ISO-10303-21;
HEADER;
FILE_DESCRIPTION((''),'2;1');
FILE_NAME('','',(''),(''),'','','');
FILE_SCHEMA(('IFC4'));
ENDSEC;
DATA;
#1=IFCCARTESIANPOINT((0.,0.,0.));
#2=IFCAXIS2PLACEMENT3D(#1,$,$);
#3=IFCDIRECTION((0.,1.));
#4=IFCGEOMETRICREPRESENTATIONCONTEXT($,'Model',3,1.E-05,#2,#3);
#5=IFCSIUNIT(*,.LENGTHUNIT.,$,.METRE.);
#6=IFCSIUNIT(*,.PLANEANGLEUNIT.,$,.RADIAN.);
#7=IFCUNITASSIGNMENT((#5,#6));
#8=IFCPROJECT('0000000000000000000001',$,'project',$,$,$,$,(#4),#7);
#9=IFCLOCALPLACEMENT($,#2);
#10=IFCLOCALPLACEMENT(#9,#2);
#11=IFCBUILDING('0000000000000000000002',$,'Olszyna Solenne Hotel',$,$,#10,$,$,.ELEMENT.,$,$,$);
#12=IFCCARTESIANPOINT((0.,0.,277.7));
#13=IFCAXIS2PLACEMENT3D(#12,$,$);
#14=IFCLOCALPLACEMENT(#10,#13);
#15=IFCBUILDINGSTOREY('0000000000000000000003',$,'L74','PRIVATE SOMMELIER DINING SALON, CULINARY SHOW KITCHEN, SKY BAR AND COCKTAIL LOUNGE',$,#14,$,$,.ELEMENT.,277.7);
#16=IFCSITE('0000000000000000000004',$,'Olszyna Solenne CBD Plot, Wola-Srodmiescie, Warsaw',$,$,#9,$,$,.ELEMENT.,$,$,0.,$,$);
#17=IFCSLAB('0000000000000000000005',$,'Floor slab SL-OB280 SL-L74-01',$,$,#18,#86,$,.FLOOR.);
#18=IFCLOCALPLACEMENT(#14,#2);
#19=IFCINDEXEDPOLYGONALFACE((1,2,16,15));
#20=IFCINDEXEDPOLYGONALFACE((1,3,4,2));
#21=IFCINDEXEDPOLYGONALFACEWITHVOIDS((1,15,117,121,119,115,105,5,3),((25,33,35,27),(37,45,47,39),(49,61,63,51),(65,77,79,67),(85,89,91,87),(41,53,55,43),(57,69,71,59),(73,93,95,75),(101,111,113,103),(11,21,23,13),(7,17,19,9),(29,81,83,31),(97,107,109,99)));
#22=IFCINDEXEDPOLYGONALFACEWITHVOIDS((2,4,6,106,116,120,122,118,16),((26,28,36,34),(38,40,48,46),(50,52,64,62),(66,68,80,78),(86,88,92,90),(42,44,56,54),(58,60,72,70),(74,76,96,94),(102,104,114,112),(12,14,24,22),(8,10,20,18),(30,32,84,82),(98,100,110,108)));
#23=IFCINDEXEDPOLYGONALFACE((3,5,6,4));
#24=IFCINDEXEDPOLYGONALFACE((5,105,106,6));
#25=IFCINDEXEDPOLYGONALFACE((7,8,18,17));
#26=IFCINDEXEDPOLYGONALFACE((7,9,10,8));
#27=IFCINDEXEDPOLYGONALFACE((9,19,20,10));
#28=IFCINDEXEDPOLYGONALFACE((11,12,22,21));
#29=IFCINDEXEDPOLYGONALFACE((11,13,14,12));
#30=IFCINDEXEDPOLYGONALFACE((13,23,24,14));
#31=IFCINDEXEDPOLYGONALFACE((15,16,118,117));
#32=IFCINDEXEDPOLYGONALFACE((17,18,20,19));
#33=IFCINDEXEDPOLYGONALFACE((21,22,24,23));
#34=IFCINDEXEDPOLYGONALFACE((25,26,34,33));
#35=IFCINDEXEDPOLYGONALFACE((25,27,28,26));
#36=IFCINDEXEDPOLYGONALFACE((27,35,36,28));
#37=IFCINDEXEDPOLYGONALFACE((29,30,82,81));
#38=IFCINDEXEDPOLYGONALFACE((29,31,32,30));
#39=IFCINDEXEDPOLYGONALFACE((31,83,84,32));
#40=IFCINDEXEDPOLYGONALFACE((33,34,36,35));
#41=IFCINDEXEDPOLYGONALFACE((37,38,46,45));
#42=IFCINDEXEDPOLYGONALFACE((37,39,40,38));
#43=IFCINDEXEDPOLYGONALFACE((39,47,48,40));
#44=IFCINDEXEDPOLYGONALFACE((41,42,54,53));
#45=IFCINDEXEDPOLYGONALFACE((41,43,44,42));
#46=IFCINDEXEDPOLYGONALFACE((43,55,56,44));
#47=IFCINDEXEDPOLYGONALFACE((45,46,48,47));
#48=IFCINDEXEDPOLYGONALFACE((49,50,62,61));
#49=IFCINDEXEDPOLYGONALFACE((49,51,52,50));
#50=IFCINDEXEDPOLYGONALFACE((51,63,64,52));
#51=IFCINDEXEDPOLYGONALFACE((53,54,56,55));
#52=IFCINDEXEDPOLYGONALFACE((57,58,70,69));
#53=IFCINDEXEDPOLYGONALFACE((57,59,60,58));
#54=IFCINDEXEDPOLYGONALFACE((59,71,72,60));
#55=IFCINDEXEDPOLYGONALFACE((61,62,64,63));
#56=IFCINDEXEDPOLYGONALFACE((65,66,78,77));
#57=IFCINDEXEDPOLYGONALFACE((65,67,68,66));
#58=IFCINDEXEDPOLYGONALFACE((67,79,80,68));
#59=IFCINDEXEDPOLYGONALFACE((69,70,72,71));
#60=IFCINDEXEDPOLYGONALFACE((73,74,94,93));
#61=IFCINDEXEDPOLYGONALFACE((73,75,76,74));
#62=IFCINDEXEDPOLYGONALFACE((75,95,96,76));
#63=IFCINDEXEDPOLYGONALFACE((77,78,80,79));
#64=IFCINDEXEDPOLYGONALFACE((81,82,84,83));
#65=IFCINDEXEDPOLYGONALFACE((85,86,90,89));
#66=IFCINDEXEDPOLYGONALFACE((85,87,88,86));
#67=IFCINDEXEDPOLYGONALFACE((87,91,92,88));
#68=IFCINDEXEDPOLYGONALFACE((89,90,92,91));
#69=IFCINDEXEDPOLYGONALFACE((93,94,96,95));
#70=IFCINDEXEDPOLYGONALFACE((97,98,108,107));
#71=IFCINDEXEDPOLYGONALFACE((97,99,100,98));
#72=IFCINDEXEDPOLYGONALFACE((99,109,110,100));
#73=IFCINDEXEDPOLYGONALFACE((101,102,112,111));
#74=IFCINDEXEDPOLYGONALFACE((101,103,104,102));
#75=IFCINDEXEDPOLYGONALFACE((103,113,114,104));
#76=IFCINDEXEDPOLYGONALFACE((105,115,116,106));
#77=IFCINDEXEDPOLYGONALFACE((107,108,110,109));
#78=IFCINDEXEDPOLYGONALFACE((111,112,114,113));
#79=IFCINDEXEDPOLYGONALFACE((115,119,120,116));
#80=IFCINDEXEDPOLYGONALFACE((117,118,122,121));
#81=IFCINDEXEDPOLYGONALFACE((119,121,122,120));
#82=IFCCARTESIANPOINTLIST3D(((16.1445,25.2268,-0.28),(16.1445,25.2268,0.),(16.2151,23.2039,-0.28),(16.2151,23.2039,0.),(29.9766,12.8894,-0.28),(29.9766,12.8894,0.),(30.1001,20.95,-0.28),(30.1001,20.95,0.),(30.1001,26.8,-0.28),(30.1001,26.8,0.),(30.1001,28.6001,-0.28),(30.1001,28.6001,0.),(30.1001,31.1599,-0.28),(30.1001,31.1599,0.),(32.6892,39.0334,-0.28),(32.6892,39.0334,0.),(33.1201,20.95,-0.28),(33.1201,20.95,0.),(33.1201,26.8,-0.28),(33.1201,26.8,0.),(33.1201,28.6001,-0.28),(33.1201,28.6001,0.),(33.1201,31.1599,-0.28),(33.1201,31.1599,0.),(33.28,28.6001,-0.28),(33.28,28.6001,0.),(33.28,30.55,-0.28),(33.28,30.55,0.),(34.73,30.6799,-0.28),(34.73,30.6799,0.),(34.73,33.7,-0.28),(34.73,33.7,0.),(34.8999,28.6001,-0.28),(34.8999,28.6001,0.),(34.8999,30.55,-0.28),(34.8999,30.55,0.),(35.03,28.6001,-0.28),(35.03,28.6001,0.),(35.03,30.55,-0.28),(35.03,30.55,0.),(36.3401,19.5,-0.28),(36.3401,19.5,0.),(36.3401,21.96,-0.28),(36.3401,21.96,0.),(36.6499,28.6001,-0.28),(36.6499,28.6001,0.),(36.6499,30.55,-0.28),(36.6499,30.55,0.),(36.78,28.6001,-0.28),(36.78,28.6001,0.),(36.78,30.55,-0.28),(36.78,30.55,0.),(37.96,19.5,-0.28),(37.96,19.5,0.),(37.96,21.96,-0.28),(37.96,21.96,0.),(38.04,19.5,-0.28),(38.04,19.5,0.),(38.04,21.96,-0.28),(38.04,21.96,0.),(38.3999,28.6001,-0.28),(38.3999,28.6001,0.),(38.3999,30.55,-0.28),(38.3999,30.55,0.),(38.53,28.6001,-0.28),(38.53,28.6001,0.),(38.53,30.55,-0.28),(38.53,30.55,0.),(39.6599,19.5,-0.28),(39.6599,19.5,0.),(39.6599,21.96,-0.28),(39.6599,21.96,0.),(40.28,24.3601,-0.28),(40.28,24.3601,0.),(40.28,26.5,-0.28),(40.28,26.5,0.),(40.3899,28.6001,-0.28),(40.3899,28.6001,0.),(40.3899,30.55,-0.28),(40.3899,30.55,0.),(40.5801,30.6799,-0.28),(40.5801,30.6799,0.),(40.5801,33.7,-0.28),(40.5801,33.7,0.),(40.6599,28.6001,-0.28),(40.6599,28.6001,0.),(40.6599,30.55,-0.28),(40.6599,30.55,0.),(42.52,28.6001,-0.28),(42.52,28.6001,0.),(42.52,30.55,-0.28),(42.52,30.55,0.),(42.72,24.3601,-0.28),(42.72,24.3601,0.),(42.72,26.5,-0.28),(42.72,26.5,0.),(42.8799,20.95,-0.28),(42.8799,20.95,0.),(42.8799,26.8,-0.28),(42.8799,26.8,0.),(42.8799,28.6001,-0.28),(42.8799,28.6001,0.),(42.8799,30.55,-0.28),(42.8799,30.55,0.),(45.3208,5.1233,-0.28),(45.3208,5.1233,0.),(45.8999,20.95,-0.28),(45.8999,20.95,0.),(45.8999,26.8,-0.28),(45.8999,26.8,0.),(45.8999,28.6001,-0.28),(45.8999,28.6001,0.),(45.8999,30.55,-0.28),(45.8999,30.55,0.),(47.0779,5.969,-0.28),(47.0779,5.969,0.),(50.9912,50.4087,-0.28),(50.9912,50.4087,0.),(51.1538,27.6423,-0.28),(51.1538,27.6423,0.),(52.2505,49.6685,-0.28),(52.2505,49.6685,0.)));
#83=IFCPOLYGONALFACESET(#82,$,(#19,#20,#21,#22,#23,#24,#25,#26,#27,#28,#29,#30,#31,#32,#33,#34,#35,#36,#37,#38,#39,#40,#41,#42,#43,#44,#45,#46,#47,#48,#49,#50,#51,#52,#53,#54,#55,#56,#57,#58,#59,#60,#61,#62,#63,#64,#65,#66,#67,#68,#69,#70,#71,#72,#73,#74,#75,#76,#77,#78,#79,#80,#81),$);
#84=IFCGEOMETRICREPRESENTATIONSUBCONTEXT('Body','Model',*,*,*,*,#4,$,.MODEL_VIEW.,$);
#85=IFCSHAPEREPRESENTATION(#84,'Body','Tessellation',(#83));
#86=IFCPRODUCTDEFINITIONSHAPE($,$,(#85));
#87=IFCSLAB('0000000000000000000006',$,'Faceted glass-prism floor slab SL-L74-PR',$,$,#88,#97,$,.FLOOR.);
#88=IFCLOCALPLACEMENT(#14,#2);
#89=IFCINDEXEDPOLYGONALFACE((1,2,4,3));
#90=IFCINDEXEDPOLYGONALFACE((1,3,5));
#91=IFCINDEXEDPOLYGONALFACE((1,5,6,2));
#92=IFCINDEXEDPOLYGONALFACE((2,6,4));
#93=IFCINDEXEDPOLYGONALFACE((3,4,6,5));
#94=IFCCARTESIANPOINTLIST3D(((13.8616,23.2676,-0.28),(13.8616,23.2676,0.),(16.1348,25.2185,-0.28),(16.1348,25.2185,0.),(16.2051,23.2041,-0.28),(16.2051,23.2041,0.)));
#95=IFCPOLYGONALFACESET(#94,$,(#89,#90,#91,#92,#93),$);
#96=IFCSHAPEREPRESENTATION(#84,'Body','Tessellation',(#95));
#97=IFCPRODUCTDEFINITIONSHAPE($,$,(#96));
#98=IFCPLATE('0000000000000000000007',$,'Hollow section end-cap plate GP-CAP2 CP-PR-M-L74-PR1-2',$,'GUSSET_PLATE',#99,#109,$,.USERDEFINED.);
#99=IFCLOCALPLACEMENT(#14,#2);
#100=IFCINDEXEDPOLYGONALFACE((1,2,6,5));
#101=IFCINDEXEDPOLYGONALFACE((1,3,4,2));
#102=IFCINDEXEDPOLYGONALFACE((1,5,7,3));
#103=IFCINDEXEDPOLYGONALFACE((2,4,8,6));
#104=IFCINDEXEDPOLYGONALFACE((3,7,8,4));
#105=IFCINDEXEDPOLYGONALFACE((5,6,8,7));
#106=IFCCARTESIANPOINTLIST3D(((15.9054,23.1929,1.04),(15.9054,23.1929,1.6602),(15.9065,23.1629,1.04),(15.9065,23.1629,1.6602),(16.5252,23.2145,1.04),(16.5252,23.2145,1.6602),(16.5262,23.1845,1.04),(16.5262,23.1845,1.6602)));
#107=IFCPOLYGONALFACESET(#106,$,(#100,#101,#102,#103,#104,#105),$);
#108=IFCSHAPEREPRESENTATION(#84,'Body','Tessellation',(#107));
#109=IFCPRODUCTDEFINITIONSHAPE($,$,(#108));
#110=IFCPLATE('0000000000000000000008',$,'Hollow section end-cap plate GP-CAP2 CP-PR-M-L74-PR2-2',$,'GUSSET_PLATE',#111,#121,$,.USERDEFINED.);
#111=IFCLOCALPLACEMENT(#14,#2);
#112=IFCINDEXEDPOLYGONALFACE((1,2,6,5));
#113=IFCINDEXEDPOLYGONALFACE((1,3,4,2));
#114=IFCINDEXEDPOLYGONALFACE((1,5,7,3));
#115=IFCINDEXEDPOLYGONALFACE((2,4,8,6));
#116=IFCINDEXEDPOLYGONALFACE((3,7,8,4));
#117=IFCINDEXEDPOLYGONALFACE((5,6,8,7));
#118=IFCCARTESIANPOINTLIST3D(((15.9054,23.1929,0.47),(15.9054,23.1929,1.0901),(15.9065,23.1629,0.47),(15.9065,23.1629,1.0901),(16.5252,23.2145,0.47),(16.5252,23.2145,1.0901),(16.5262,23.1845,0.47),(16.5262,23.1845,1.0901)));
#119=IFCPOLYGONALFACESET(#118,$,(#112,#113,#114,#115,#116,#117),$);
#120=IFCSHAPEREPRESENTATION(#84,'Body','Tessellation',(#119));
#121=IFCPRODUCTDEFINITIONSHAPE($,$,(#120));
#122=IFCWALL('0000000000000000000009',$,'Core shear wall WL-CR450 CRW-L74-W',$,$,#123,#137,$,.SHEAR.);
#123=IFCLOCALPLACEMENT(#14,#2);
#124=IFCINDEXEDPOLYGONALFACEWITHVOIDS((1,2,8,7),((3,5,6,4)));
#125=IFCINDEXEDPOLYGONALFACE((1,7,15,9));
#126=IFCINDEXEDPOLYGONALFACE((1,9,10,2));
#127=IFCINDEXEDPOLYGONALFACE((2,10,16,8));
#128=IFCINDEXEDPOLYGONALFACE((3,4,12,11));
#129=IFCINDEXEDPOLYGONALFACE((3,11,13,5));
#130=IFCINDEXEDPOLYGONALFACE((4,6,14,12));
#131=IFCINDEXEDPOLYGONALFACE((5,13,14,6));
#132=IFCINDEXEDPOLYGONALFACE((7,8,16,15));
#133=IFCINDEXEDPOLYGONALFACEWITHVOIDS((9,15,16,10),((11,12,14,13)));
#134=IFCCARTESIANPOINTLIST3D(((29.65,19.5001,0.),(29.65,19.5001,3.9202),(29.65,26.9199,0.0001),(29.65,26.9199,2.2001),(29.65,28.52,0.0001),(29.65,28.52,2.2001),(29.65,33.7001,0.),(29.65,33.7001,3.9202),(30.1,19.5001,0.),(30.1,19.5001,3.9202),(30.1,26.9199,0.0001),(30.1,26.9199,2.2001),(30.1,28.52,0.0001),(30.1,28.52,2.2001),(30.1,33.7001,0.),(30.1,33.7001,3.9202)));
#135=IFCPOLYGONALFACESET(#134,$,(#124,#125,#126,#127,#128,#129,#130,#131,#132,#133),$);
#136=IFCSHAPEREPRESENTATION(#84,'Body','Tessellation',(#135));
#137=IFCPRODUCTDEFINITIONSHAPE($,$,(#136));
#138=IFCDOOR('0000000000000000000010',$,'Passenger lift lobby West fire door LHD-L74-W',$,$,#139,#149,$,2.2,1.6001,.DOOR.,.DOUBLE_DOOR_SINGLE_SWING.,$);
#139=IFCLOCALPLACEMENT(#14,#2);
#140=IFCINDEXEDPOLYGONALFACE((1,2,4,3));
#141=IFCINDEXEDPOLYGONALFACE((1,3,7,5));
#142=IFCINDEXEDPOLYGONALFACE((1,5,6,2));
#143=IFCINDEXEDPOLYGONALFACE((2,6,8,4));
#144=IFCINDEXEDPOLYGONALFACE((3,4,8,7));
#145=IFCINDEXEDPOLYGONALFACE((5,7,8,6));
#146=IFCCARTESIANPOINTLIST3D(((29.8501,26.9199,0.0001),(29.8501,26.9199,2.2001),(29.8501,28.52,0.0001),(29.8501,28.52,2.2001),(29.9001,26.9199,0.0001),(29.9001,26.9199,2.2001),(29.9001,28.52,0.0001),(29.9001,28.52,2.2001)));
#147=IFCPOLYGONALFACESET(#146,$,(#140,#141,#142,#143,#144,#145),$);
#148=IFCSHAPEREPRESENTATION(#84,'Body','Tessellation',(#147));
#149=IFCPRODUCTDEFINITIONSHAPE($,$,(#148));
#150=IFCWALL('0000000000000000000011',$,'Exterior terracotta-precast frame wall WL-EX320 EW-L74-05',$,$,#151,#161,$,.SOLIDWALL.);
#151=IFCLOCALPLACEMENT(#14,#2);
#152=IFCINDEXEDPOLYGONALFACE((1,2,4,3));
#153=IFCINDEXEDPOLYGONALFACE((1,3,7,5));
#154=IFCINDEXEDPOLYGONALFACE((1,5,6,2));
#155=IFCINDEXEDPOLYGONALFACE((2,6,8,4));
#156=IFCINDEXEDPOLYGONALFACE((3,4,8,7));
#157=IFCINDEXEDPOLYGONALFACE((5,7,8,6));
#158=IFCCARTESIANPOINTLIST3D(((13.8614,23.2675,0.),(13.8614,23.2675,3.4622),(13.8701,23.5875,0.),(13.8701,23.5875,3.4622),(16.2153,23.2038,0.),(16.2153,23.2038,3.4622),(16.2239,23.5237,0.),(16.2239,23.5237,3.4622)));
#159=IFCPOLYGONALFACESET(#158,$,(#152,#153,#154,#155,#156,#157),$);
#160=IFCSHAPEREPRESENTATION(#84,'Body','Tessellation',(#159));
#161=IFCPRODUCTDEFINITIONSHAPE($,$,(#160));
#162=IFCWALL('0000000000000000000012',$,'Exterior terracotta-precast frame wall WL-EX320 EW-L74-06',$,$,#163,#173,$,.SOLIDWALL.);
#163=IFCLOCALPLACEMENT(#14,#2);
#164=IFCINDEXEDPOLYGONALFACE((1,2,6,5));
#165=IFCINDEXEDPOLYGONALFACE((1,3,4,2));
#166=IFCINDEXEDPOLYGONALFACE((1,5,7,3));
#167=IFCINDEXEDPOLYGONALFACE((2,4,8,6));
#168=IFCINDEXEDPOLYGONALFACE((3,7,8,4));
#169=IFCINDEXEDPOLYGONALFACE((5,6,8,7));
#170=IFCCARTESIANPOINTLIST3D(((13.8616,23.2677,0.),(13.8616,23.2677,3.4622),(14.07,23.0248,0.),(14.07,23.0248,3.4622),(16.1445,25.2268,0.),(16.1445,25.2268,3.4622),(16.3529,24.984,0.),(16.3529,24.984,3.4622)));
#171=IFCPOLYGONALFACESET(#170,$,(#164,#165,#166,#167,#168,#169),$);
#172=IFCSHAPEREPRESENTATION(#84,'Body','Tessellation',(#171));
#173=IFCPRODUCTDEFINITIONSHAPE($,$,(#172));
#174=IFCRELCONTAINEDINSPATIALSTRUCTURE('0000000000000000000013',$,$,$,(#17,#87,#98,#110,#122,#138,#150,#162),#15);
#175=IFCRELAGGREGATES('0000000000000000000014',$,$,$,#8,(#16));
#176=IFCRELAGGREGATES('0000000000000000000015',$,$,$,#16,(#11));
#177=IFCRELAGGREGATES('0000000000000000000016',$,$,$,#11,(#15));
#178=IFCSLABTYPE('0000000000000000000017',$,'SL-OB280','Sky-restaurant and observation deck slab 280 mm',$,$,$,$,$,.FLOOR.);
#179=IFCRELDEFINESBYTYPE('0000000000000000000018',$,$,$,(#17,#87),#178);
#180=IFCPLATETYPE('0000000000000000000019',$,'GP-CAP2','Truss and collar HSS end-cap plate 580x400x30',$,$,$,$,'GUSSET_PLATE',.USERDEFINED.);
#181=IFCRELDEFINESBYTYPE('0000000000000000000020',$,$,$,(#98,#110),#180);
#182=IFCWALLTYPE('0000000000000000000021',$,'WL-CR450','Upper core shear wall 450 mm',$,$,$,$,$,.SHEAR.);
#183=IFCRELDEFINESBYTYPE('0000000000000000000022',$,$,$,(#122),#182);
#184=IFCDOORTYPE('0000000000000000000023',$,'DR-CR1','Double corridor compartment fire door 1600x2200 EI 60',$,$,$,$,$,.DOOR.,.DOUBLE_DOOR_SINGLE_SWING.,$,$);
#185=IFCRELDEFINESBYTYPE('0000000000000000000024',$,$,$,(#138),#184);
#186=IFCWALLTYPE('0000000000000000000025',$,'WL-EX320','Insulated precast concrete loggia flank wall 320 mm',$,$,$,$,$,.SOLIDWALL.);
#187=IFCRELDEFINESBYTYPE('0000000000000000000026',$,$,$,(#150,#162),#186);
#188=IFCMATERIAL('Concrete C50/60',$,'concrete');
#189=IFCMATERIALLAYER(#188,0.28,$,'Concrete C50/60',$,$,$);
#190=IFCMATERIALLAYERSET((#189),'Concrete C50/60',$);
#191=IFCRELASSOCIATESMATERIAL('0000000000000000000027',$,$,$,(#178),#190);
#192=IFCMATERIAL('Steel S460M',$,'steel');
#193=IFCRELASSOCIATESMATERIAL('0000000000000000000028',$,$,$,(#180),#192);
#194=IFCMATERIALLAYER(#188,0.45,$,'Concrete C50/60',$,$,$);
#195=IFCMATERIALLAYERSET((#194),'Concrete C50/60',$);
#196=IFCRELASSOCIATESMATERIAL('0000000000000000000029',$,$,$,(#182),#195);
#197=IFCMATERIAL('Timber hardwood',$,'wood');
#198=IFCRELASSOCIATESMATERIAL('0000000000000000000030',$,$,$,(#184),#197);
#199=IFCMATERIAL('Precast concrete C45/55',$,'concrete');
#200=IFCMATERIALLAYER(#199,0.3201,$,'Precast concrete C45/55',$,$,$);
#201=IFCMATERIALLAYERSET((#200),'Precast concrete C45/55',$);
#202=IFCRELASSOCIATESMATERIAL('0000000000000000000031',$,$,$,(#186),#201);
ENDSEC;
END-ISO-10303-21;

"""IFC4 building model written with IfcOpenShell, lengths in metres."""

from ifc_helpers import new_model, si_unit, direction, frame, frame_2d, origin, origin_2d, place, context, subcontext, project, spatial, polyline, rectangle, outline, extrude, source, transform, mapped, material, layer, layer_set, type_object, type_shapes, element, fill, save


model = new_model("IFC4")

# Units and contexts
model_context = context("Model", 3, precision=1e-05, world=origin(), true_north=direction((0.0, 1.0)))
body_context = subcontext(model_context, "Body", "Model", "MODEL_VIEW")
ifc_project = project(units=[si_unit("LENGTHUNIT", "METRE"), si_unit("PLANEANGLEUNIT", "RADIAN")], contexts=[model_context])

# Site, building, storey
site_placement = place(None, origin())
site = spatial("IfcSite", under=ifc_project, at=site_placement, Name="Olszyna Solenne CBD Plot, Wola-Srodmiescie, Warsaw", CompositionType="ELEMENT", RefElevation=0.0)
building_placement = place(site_placement, origin())
building = spatial("IfcBuilding", under=site, at=building_placement, Name="Olszyna Solenne Hotel", CompositionType="ELEMENT")
storey_placement = place(building_placement, frame((0.0, 0.0, 277.7)))
storey = spatial("IfcBuildingStorey", under=building, at=storey_placement, Name="L74", Description="PRIVATE SOMMELIER DINING SALON, CULINARY SHOW KITCHEN, SKY BAR AND COCKTAIL LOUNGE", CompositionType="ELEMENT", Elevation=277.7)

# Shared definitions
ifc_material_1 = material(Name="Steel S460M", Category="steel")

# Slabs
ifc_material_2 = material(Name="Precast concrete C45/55", Category="concrete")
ifc_material_3 = material(Name="Concrete C50/60", Category="concrete")
ifc_layer_1 = layer(ifc_material_3, 0.28, Name="Concrete C50/60")
ifc_layer_set_1 = layer_set([ifc_layer_1], Name="Concrete C50/60")
slab_type_1 = type_object("IfcSlabType", Name="SL-OB280", Description="Sky-restaurant and observation deck slab 280 mm", PredefinedType="FLOOR", material=ifc_layer_set_1)
slab_1_placement = place(storey_placement, frame((0.0, 0.0, -0.28)))
element("IfcSlab", 1, at=slab_1_placement, inside=storey, type_object=slab_type_1, Name="Floor slab SL-OB280 SL-L74-01", PredefinedType="FLOOR", context=body_context, shape_type="SweptSolid", body=[
    extrude(outline(polyline([(52.2505, 49.6685), (50.9912, 50.4087), (32.6892, 39.0334), (16.1445, 25.2268), (16.2151, 23.2039), (29.9766, 12.8894), (45.3208, 5.1233), (47.0779, 5.969), (51.1538, 27.6423), (52.2505, 49.6685)]), holes=[polyline([(30.1001, 20.95), (33.1201, 20.95), (33.1201, 26.8), (30.1001, 26.8), (30.1001, 20.95)]), polyline([(42.8799, 20.95), (45.8999, 20.95), (45.8999, 26.8), (42.8799, 26.8), (42.8799, 20.95)]), polyline([(34.73, 30.6799), (40.5801, 30.6799), (40.5801, 33.7), (34.73, 33.7), (34.73, 30.6799)]), polyline([(36.3401, 19.5), (37.96, 19.5), (37.96, 21.96), (36.3401, 21.96), (36.3401, 19.5)]), polyline([(38.04, 19.5), (39.6599, 19.5), (39.6599, 21.96), (38.04, 21.96), (38.04, 19.5)]), polyline([(30.1001, 28.6001), (33.1201, 28.6001), (33.1201, 31.1599), (30.1001, 31.1599), (30.1001, 28.6001)]), polyline([(40.28, 24.3601), (42.72, 24.3601), (42.72, 26.5), (40.28, 26.5), (40.28, 24.3601)]), polyline([(33.28, 28.6001), (34.8999, 28.6001), (34.8999, 30.55), (33.28, 30.55), (33.28, 28.6001)]), polyline([(35.03, 28.6001), (36.6499, 28.6001), (36.6499, 30.55), (35.03, 30.55), (35.03, 28.6001)]), polyline([(36.78, 28.6001), (38.3999, 28.6001), (38.3999, 30.55), (36.78, 30.55), (36.78, 28.6001)]), polyline([(38.53, 28.6001), (40.3899, 28.6001), (40.3899, 30.55), (38.53, 30.55), (38.53, 28.6001)]), polyline([(40.6599, 28.6001), (42.52, 28.6001), (42.52, 30.55), (40.6599, 30.55), (40.6599, 28.6001)]), polyline([(42.8799, 28.6001), (45.8999, 28.6001), (45.8999, 30.55), (42.8799, 30.55), (42.8799, 28.6001)])]), origin(), (0.0, 0.0, 1.0), 0.28),
])
slab_2_placement = place(storey_placement, frame((0.0, 0.0, -0.28)))
element("IfcSlab", 2, at=slab_2_placement, inside=storey, type_object=slab_type_1, Name="Faceted glass-prism floor slab SL-L74-PR", PredefinedType="FLOOR", context=body_context, shape_type="SweptSolid", body=[
    extrude(outline(polyline([(16.2051, 23.2041), (16.1348, 25.2185), (13.8616, 23.2676), (16.2051, 23.2041)])), origin(), (0.0, 0.0, 1.0), 0.28),
])

# Plates
plate_type = type_object("IfcPlateType", Name="GP-CAP2", Description="Truss and collar HSS end-cap plate 580x400x30", ElementType="GUSSET_PLATE", PredefinedType="USERDEFINED", material=ifc_material_1)
shared_shape_1 = source(origin(), body_context, "Body", "SweptSolid", [
    extrude(rectangle(XDim=0.03, YDim=0.6201, at=origin_2d()), origin(), (0.0, 0.0, 1.0), 0.6201),
])
for number, where, z_axis, x_axis, name in (
    (3, (16.2158, 23.1887, 1.04), (0.0, 0.0, 1.0), (0.034899, -0.999391, 0.0), "Hollow section end-cap plate GP-CAP2 CP-PR-M-L74-PR1-2"),
    (4, (16.2158, 23.1887, 0.47), (0.0, 0.0, 1.0), (0.034899, -0.999391, 0.0), "Hollow section end-cap plate GP-CAP2 CP-PR-M-L74-PR2-2"),
):
    element("IfcPlate", number, at=place(storey_placement, frame(where, z_axis=z_axis, x_axis=x_axis)), inside=storey, type_object=plate_type, Name=name, ObjectType="GUSSET_PLATE", PredefinedType="USERDEFINED", context=body_context, shape_type="MappedRepresentation", body=[
        mapped(shared_shape_1, transform((0.0, 0.0, 0.0), x_axis=(1.0, 0.0, 0.0), y_axis=(0.0, 1.0, 0.0), z_axis=(0.0, 0.0, 1.0), scale=1.0)),
    ])

# Wall, opening, door
ifc_layer_2 = layer(ifc_material_3, 0.45, Name="Concrete C50/60")
ifc_layer_set_2 = layer_set([ifc_layer_2], Name="Concrete C50/60")
wall_type_1 = type_object("IfcWallType", Name="WL-CR450", Description="Upper core shear wall 450 mm", PredefinedType="SHEAR", material=ifc_layer_set_2)
wall_1_placement = place(storey_placement, frame((29.875, 19.5, 0.0), z_axis=(0.0, 0.0, 1.0), x_axis=(0.0, 1.0, 0.0)))
wall_1 = element("IfcWall", 5, at=wall_1_placement, inside=storey, type_object=wall_type_1, Name="Core shear wall WL-CR450 CRW-L74-W", PredefinedType="SHEAR", context=body_context, shape_type="SweptSolid", body=[
    extrude(rectangle(XDim=14.2, YDim=0.45, at=frame_2d((7.1001, 0.0))), origin(), (0.0, 0.0, 1.0), 3.9202),
])
opening_1_placement = place(wall_1_placement, frame((7.4199, 0.0, 0.0)))
opening_1 = element("IfcOpeningElement", 6, at=opening_1_placement, cuts=wall_1, PredefinedType="OPENING", context=body_context, shape_type="SweptSolid", body=[
    extrude(rectangle(XDim=1.6001, YDim=2.2, at=frame_2d((0.8, 1.1001))), frame((0.0, 0.2349, 0.0), z_axis=(0.0, -1.0, 0.0), x_axis=(1.0, 0.0, 0.0)), (0.0, 0.0, 1.0), 0.47),
])
ifc_material_4 = material(Name="Timber hardwood", Category="wood")
door_type_1 = type_object("IfcDoorType", Name="DR-CR1", Description="Double corridor compartment fire door 1600x2200 EI 60", OperationType="DOUBLE_DOOR_SINGLE_SWING", PredefinedType="DOOR", material=ifc_material_4)
shared_shape_2 = source(origin(), body_context, "Body", "SweptSolid", [
    extrude(rectangle(XDim=1.6001, YDim=2.2, at=frame_2d((0.8, 1.1001))), frame((0.0, 0.0249, 0.0), z_axis=(0.0, -1.0, 0.0), x_axis=(1.0, 0.0, 0.0)), (0.0, 0.0, 1.0), 0.05),
])
type_shapes(door_type_1, [shared_shape_2])
door_1_placement = place(opening_1_placement, origin())
door_1 = element("IfcDoor", 7, at=door_1_placement, inside=storey, type_object=door_type_1, Name="Passenger lift lobby West fire door LHD-L74-W", OperationType="DOUBLE_DOOR_SINGLE_SWING", OverallHeight=2.2, OverallWidth=1.6001, PredefinedType="DOOR", context=body_context, shape_type="MappedRepresentation", body=[
    mapped(shared_shape_2, transform((0.0, 0.0, 0.0), x_axis=(1.0, 0.0, 0.0), y_axis=(0.0, 1.0, 0.0), z_axis=(0.0, 0.0, 1.0), scale=1.0)),
])
fill(opening_1, door_1)

# Walls
ifc_layer_3 = layer(ifc_material_2, 0.3201, Name="Precast concrete C45/55")
ifc_layer_set_3 = layer_set([ifc_layer_3], Name="Precast concrete C45/55")
wall_type_2 = type_object("IfcWallType", Name="WL-EX320", Description="Insulated precast concrete loggia flank wall 320 mm", PredefinedType="SOLIDWALL", material=ifc_layer_set_3)
wall_2_placement = place(storey_placement, frame((16.2195, 23.3638, 0.0), z_axis=(0.0, 0.0, 1.0), x_axis=(-0.999634, 0.027062, 0.0)))
element("IfcWall", 8, at=wall_2_placement, inside=storey, type_object=wall_type_2, Name="Exterior terracotta-precast frame wall WL-EX320 EW-L74-05", PredefinedType="SOLIDWALL", context=body_context, shape_type="SweptSolid", body=[
    extrude(rectangle(XDim=2.3547, YDim=0.3201, at=frame_2d((1.1772, 0.0))), origin(), (0.0, 0.0, 1.0), 3.4622),
])
wall_3_placement = place(storey_placement, frame((13.9658, 23.1462, 0.0), z_axis=(0.0, 0.0, 1.0), x_axis=(0.758861, 0.651252, 0.0)))
element("IfcWall", 9, at=wall_3_placement, inside=storey, type_object=wall_type_2, Name="Exterior terracotta-precast frame wall WL-EX320 EW-L74-06", PredefinedType="SOLIDWALL", context=body_context, shape_type="SweptSolid", body=[
    extrude(rectangle(XDim=3.0083, YDim=0.3201, at=frame_2d((1.5042, 0.0))), origin(), (0.0, 0.0, 1.0), 3.4622),
])

save(model, "model.ifc")
